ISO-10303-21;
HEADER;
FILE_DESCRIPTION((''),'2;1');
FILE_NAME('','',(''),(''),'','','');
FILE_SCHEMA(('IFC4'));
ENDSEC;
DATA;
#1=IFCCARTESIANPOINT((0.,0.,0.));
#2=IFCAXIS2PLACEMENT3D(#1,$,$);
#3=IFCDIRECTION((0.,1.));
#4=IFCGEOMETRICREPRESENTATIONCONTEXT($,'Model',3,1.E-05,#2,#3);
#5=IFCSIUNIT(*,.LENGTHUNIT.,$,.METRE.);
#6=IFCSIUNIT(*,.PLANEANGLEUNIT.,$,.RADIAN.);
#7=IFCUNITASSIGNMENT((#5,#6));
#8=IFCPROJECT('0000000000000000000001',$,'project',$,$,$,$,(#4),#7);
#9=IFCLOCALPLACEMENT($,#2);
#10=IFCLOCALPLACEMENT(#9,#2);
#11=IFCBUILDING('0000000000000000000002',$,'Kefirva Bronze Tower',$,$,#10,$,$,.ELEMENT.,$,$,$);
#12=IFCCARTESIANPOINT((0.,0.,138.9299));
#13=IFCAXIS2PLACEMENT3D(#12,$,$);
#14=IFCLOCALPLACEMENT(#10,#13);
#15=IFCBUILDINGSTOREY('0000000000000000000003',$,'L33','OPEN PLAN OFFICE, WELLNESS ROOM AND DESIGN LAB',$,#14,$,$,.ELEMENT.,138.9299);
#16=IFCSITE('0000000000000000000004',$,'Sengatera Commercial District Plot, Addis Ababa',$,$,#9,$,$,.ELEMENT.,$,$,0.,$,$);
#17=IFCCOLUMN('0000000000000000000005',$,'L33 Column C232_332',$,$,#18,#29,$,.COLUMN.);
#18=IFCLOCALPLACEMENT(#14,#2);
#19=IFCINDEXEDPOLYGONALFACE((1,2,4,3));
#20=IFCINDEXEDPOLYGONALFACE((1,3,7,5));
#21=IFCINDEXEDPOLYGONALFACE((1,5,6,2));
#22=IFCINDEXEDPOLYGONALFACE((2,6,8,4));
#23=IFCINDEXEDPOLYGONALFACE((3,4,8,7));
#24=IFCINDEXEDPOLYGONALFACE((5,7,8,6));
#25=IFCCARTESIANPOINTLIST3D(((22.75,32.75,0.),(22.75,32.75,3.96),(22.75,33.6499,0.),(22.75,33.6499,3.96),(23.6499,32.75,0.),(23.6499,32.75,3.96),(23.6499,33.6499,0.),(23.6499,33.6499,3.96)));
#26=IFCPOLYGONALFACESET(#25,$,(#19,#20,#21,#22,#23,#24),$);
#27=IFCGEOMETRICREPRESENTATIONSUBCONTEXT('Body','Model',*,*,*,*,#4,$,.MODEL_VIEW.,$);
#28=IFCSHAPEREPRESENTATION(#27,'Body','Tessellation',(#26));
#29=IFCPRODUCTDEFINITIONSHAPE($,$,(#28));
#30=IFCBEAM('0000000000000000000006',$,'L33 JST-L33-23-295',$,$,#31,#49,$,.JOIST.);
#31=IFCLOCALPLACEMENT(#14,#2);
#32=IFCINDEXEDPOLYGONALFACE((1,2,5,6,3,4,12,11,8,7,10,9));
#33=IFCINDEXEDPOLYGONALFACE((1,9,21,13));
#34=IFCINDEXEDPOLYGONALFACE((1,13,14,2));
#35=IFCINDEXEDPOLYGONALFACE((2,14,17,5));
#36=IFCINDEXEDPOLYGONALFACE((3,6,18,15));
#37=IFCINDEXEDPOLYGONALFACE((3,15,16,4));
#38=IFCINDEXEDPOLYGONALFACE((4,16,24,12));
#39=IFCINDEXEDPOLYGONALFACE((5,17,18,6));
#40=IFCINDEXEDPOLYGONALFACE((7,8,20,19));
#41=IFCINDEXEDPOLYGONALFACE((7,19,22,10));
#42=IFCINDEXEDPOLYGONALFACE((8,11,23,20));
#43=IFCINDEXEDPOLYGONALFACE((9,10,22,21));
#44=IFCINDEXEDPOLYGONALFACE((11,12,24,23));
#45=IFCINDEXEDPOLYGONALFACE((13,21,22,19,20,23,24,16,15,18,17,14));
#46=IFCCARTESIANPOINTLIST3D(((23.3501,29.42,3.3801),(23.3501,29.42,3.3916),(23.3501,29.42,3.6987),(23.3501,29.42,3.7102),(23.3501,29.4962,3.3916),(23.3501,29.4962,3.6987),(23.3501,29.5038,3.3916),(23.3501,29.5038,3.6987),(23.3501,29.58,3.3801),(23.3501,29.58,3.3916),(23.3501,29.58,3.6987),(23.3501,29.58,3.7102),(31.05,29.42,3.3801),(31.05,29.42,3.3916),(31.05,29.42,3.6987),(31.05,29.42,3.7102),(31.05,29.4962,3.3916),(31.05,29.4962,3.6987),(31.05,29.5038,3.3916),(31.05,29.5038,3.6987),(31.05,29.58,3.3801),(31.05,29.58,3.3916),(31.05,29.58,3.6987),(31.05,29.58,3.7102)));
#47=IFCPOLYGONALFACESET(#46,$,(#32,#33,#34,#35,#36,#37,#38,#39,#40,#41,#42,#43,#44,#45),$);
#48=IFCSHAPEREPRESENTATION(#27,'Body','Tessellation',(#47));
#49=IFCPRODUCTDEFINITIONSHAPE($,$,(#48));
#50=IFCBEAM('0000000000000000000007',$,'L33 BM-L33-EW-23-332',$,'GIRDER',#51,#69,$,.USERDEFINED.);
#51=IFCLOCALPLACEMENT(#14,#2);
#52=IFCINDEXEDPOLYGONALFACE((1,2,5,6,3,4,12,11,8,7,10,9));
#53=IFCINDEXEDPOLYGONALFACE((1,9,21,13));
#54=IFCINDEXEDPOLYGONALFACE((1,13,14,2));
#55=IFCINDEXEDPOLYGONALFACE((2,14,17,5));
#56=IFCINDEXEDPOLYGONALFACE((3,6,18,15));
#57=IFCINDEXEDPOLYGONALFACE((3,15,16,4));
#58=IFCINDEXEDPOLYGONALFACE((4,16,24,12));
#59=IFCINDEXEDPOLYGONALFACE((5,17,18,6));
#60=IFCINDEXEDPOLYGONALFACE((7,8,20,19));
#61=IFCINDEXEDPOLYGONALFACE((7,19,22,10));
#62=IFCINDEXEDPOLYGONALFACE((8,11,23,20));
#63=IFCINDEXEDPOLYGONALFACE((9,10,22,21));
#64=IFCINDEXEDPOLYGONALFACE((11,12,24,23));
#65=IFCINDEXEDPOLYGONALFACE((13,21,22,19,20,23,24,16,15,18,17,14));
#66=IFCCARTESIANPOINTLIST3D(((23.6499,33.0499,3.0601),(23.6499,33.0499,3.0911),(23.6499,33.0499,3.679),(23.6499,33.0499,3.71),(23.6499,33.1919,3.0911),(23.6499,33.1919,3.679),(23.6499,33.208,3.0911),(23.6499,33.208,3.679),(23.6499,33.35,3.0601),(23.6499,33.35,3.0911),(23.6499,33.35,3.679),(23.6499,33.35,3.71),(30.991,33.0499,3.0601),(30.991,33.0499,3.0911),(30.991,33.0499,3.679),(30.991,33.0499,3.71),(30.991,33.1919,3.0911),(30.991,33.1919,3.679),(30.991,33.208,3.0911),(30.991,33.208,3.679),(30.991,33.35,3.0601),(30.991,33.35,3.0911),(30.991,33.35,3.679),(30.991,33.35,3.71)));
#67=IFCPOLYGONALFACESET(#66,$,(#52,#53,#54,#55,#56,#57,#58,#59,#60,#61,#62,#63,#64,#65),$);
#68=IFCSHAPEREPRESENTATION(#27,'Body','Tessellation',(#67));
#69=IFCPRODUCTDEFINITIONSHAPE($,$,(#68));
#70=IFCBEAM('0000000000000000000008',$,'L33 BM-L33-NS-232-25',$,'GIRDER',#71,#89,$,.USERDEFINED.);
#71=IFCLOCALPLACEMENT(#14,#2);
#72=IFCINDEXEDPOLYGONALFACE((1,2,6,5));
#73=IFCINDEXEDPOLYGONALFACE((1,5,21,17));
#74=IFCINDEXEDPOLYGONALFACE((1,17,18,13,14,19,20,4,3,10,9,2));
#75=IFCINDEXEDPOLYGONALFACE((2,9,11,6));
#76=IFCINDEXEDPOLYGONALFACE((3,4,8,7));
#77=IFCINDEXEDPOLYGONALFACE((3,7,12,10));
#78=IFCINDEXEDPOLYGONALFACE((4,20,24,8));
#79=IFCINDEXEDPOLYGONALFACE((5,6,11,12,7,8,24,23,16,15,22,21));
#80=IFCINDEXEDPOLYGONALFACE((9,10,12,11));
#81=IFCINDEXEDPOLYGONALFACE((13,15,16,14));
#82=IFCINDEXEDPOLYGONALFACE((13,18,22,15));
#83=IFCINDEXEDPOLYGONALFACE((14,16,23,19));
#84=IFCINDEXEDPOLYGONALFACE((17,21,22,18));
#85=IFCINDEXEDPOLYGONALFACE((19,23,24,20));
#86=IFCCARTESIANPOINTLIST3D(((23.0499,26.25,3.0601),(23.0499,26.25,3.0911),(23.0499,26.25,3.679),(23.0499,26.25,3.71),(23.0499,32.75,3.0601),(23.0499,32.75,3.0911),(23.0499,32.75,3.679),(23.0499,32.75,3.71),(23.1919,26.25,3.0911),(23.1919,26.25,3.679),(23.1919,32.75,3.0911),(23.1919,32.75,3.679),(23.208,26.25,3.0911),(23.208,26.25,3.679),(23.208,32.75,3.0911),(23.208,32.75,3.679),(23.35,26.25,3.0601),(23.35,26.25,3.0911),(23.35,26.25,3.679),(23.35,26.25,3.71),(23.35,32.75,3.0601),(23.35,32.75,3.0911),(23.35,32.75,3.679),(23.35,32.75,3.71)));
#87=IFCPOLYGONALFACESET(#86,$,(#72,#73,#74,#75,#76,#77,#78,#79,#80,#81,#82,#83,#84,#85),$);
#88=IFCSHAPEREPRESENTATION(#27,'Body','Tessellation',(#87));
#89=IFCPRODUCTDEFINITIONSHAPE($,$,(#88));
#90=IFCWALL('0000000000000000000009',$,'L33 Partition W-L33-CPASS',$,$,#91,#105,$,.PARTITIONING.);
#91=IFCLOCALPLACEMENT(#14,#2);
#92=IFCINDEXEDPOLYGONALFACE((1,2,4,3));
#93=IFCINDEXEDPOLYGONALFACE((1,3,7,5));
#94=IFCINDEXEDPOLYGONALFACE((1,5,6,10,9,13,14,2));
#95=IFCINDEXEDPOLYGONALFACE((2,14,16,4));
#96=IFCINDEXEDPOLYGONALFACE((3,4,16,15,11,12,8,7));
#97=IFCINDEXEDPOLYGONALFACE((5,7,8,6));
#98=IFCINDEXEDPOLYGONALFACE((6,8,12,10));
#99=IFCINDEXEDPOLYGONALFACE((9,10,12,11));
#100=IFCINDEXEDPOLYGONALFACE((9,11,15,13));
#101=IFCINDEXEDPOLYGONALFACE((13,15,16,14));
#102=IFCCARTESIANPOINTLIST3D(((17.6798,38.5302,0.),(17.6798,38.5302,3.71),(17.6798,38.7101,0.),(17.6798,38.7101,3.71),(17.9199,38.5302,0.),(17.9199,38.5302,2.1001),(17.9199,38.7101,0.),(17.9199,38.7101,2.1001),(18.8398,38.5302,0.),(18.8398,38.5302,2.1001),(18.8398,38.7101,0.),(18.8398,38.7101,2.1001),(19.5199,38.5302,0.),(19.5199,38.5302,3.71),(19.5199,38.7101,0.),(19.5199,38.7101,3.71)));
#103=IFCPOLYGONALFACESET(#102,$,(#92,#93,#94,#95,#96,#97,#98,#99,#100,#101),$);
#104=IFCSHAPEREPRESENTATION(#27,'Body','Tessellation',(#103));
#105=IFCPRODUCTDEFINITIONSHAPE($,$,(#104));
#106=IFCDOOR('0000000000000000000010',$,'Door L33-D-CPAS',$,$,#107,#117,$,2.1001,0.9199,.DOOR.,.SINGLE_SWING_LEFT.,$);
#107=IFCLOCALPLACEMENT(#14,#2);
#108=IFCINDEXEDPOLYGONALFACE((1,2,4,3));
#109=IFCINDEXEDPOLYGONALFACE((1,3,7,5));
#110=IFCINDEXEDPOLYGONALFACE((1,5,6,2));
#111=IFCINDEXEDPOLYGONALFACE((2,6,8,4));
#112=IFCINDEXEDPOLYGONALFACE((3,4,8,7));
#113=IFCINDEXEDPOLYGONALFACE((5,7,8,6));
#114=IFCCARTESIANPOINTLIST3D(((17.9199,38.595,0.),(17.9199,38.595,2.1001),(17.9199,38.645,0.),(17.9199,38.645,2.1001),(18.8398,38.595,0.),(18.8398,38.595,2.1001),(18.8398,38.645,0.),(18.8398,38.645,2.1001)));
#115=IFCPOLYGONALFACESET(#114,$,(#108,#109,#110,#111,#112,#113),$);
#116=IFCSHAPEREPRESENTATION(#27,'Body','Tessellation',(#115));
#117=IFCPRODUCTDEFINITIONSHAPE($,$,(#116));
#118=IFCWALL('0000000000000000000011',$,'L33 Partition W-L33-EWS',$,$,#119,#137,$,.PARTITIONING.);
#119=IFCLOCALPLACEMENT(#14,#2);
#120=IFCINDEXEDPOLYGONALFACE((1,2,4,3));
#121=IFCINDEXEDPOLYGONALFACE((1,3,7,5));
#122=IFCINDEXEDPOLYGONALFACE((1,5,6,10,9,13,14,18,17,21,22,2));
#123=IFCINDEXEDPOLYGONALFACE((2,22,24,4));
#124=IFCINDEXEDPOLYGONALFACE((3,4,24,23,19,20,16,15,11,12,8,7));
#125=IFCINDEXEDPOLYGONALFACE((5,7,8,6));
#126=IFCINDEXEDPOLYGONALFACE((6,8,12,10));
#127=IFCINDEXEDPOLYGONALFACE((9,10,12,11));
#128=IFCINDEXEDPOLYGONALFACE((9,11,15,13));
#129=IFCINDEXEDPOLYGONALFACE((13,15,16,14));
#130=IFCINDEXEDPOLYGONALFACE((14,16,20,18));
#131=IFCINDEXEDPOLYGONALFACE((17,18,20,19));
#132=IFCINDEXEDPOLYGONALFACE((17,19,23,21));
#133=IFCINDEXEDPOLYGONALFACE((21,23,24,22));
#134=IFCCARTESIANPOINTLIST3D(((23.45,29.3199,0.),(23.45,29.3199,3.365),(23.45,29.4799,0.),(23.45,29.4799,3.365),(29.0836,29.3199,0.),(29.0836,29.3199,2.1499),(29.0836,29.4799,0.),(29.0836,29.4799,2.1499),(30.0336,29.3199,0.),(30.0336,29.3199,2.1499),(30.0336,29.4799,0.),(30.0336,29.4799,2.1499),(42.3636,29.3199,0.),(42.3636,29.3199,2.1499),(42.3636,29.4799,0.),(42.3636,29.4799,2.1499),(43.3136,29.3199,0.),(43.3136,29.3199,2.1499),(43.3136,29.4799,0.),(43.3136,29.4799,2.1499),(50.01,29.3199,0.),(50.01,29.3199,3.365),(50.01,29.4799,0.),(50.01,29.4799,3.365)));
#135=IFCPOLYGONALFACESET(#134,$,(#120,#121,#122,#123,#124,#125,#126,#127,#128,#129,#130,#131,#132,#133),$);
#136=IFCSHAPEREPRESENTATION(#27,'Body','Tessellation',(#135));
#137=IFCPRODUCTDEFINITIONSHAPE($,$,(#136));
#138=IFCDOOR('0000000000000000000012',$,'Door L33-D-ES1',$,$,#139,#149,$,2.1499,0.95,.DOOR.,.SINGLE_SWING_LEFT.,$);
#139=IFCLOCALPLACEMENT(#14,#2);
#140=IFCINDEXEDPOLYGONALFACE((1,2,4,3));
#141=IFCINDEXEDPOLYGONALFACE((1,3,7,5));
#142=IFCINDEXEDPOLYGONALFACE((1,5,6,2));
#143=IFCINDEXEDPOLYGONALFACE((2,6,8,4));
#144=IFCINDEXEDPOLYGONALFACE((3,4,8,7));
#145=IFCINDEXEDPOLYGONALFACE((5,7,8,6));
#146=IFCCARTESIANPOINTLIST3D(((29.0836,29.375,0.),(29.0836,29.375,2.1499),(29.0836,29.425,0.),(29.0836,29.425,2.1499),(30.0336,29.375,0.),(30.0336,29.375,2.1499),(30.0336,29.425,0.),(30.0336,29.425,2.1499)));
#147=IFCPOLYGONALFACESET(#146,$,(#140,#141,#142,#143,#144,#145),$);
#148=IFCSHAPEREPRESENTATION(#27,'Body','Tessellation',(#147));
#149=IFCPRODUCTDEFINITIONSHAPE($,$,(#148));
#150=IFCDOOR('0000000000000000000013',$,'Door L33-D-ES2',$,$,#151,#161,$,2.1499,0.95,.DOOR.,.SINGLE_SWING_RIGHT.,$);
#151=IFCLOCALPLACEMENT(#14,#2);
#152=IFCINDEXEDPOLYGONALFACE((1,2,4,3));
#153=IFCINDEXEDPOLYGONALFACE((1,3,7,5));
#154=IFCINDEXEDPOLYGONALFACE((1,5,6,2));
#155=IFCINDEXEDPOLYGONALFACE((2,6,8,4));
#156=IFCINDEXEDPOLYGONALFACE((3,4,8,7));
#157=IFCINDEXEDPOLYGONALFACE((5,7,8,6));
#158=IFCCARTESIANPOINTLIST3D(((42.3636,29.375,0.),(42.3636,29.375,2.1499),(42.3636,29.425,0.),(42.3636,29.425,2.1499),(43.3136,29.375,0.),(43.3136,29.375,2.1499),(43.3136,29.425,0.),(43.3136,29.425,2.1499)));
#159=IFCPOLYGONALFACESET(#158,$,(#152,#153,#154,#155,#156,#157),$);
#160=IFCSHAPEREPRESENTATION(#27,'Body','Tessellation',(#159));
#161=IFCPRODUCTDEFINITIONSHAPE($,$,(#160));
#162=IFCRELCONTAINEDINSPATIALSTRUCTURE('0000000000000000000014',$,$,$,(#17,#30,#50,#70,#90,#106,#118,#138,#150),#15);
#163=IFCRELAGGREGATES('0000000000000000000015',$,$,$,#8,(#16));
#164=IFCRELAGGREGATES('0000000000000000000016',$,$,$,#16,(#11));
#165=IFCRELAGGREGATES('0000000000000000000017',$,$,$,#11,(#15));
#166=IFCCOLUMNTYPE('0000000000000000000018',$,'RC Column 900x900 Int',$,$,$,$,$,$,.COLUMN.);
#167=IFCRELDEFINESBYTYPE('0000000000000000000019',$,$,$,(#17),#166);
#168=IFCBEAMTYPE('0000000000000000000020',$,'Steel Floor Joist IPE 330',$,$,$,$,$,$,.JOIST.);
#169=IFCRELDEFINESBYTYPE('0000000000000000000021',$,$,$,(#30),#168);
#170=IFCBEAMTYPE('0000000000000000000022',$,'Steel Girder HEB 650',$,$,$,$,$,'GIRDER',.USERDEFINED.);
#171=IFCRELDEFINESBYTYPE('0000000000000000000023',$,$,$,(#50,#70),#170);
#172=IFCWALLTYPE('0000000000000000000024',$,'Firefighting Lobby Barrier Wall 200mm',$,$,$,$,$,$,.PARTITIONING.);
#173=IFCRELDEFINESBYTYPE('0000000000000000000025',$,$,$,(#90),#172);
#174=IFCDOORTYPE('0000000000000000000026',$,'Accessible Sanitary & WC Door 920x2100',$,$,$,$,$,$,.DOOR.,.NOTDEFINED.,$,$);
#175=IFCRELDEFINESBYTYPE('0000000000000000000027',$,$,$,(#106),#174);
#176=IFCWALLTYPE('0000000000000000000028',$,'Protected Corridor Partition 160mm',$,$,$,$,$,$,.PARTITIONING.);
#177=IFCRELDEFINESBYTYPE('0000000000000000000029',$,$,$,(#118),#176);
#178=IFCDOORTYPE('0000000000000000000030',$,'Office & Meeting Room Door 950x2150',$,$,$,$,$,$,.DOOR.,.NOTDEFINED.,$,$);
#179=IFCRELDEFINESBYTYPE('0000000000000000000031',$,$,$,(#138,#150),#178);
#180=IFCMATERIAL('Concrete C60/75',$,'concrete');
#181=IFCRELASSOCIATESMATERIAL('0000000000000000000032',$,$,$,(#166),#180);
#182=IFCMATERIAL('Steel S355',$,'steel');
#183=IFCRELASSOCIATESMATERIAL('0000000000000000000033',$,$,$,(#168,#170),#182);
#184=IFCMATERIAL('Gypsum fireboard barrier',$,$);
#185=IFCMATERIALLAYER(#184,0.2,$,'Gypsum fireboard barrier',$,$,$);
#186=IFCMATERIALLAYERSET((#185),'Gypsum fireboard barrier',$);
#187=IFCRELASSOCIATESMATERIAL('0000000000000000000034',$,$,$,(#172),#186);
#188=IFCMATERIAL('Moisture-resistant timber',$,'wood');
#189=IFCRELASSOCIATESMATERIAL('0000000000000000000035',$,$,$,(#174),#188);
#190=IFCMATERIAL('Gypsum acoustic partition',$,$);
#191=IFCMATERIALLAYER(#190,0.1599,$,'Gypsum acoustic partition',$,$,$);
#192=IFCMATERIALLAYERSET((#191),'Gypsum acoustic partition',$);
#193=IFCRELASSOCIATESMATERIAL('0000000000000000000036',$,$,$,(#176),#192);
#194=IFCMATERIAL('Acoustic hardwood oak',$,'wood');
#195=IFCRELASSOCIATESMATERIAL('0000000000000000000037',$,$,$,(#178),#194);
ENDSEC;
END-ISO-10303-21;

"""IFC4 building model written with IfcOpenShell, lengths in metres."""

from ifc_helpers import new_model, si_unit, direction, frame, frame_2d, origin, origin_2d, place, context, subcontext, project, spatial, rectangle, i_section, extrude, material, layer, layer_set, material_profile, profile_set, type_object, element, fill, save


model = new_model("IFC4")

# Units and contexts
model_context = context("Model", 3, precision=1e-05, world=origin(), true_north=direction((0.0, 1.0)))
body_context = subcontext(model_context, "Body", "Model", "MODEL_VIEW")
ifc_project = project(units=[si_unit("LENGTHUNIT", "METRE"), si_unit("PLANEANGLEUNIT", "RADIAN")], contexts=[model_context])

# Site, building, storey
site_placement = place(None, origin())
site = spatial("IfcSite", under=ifc_project, at=site_placement, Name="Sengatera Commercial District Plot, Addis Ababa", CompositionType="ELEMENT", RefElevation=0.0)
building_placement = place(site_placement, origin())
building = spatial("IfcBuilding", under=site, at=building_placement, Name="Kefirva Bronze Tower", CompositionType="ELEMENT")
storey_placement = place(building_placement, frame((0.0, 0.0, 138.9299)))
storey = spatial("IfcBuildingStorey", under=building, at=storey_placement, Name="L33", Description="OPEN PLAN OFFICE, WELLNESS ROOM AND DESIGN LAB", CompositionType="ELEMENT", Elevation=138.9299)

# Column
ifc_material_1 = material(Name="Concrete C60/75", Category="concrete")
ifc_material_profile_1 = material_profile(ifc_material_1, rectangle(XDim=0.8999, YDim=0.8999, at=origin_2d()), Name="RC 900x900")
ifc_profile_set_1 = profile_set([ifc_material_profile_1], Name="Concrete C60/75")
column_type = type_object("IfcColumnType", Name="RC Column 900x900 Int", PredefinedType="COLUMN", material=ifc_profile_set_1)
column_placement = place(storey_placement, frame((23.2, 33.2, 0.0), z_axis=(0.0, 0.0, 1.0), x_axis=(1.0, 0.0, 0.0)))
element("IfcColumn", 1, at=column_placement, inside=storey, type_object=column_type, Name="L33 Column C232_332", PredefinedType="COLUMN", context=body_context, shape_type="SweptSolid", body=[
    extrude(rectangle(XDim=0.8999, YDim=0.8999, at=origin_2d()), origin(), (0.0, 0.0, 1.0), 3.96),
])

# Beams
ifc_material_2 = material(Name="Steel S355", Category="steel")
ifc_material_profile_2 = material_profile(ifc_material_2, i_section(OverallWidth=0.1599, OverallDepth=0.3301, WebThickness=0.0076, FlangeThickness=0.0115, at=origin_2d()), Name="IPE 330")
ifc_profile_set_2 = profile_set([ifc_material_profile_2], Name="Steel S355")
beam_type_1 = type_object("IfcBeamType", Name="Steel Floor Joist IPE 330", PredefinedType="JOIST", material=ifc_profile_set_2)
beam_1_placement = place(storey_placement, frame((23.3501, 29.5, 3.5452), z_axis=(1.0, 0.0, 0.0), x_axis=(0.0, 1.0, 0.0)))
element("IfcBeam", 2, at=beam_1_placement, inside=storey, type_object=beam_type_1, Name="L33 JST-L33-23-295", PredefinedType="JOIST", context=body_context, shape_type="SweptSolid", body=[
    extrude(i_section(OverallWidth=0.1599, OverallDepth=0.3301, WebThickness=0.0076, FlangeThickness=0.0115, at=origin_2d()), origin(), (0.0, 0.0, 1.0), 7.7),
])
ifc_material_profile_3 = material_profile(ifc_material_2, i_section(OverallWidth=0.3, OverallDepth=0.6499, WebThickness=0.0161, FlangeThickness=0.031, at=origin_2d()), Name="HEB 650")
ifc_profile_set_3 = profile_set([ifc_material_profile_3], Name="Steel S355")
beam_type_2 = type_object("IfcBeamType", Name="Steel Girder HEB 650", ElementType="GIRDER", PredefinedType="USERDEFINED", material=ifc_profile_set_3)
beam_2_placement = place(storey_placement, frame((23.6499, 33.2, 3.385), z_axis=(1.0, 0.0, 0.0), x_axis=(0.0, 1.0, 0.0)))
element("IfcBeam", 3, at=beam_2_placement, inside=storey, type_object=beam_type_2, Name="L33 BM-L33-EW-23-332", ObjectType="GIRDER", PredefinedType="USERDEFINED", context=body_context, shape_type="SweptSolid", body=[
    extrude(i_section(OverallWidth=0.3, OverallDepth=0.6499, WebThickness=0.0161, FlangeThickness=0.031, at=origin_2d()), origin(), (0.0, 0.0, 1.0), 7.3411),
])
beam_3_placement = place(storey_placement, frame((23.2, 26.25, 3.385), z_axis=(0.0, 1.0, 0.0), x_axis=(-1.0, 0.0, 0.0)))
element("IfcBeam", 4, at=beam_3_placement, inside=storey, type_object=beam_type_2, Name="L33 BM-L33-NS-232-25", ObjectType="GIRDER", PredefinedType="USERDEFINED", context=body_context, shape_type="SweptSolid", body=[
    extrude(i_section(OverallWidth=0.3, OverallDepth=0.6499, WebThickness=0.0161, FlangeThickness=0.031, at=origin_2d()), origin(), (0.0, 0.0, 1.0), 6.5),
])

# Wall, opening, door
ifc_material_3 = material(Name="Gypsum fireboard barrier")
ifc_layer_1 = layer(ifc_material_3, 0.2, Name="Gypsum fireboard barrier")
ifc_layer_set_1 = layer_set([ifc_layer_1], Name="Gypsum fireboard barrier")
wall_type_1 = type_object("IfcWallType", Name="Firefighting Lobby Barrier Wall 200mm", PredefinedType="PARTITIONING", material=ifc_layer_set_1)
wall_1_placement = place(storey_placement, frame((17.6799, 38.6201, 0.0), z_axis=(0.0, 0.0, 1.0), x_axis=(1.0, 0.0, 0.0)))
wall_1 = element("IfcWall", 5, at=wall_1_placement, inside=storey, type_object=wall_type_1, Name="L33 Partition W-L33-CPASS", PredefinedType="PARTITIONING", context=body_context, shape_type="SweptSolid", body=[
    extrude(rectangle(XDim=1.8401, YDim=0.1799, at=frame_2d((0.9199, 0.0))), origin(), (0.0, 0.0, 1.0), 3.71),
])
opening_1_placement = place(wall_1_placement, frame((0.24, 0.0, 0.0)))
opening_1 = element("IfcOpeningElement", 6, at=opening_1_placement, cuts=wall_1, PredefinedType="OPENING", context=body_context, shape_type="SweptSolid", body=[
    extrude(rectangle(XDim=0.9199, YDim=2.1001, at=frame_2d((0.46, 1.05))), frame((0.0, 0.1001, 0.0), z_axis=(0.0, -1.0, 0.0), x_axis=(1.0, 0.0, 0.0)), (0.0, 0.0, 1.0), 0.2),
])
ifc_material_4 = material(Name="Moisture-resistant timber", Category="wood")
door_type_1 = type_object("IfcDoorType", Name="Accessible Sanitary & WC Door 920x2100", OperationType="NOTDEFINED", PredefinedType="DOOR", material=ifc_material_4)
door_1_placement = place(opening_1_placement, origin())
door_1 = element("IfcDoor", 7, at=door_1_placement, inside=storey, type_object=door_type_1, Name="Door L33-D-CPAS", OperationType="SINGLE_SWING_LEFT", OverallHeight=2.1001, OverallWidth=0.9199, PredefinedType="DOOR", context=body_context, shape_type="SweptSolid", body=[
    extrude(rectangle(XDim=0.9199, YDim=2.1001, at=frame_2d((0.46, 1.05))), frame((0.0, 0.0249, 0.0), z_axis=(0.0, -1.0, 0.0), x_axis=(1.0, 0.0, 0.0)), (0.0, 0.0, 1.0), 0.05),
])
fill(opening_1, door_1)

# Wall, openings, doors
ifc_material_5 = material(Name="Gypsum acoustic partition")
ifc_layer_2 = layer(ifc_material_5, 0.1599, Name="Gypsum acoustic partition")
ifc_layer_set_2 = layer_set([ifc_layer_2], Name="Gypsum acoustic partition")
wall_type_2 = type_object("IfcWallType", Name="Protected Corridor Partition 160mm", PredefinedType="PARTITIONING", material=ifc_layer_set_2)
wall_2_placement = place(storey_placement, frame((23.45, 29.3999, 0.0), z_axis=(0.0, 0.0, 1.0), x_axis=(1.0, 0.0, 0.0)))
wall_2 = element("IfcWall", 8, at=wall_2_placement, inside=storey, type_object=wall_type_2, Name="L33 Partition W-L33-EWS", PredefinedType="PARTITIONING", context=body_context, shape_type="SweptSolid", body=[
    extrude(rectangle(XDim=26.5601, YDim=0.1599, at=frame_2d((13.28, 0.0))), origin(), (0.0, 0.0, 1.0), 3.365),
])
opening_2_placement = place(wall_2_placement, frame((6.5837, 0.0, 0.0), z_axis=(0.0, 0.0, 1.0), x_axis=(-1.0, 0.0, 0.0)))
opening_2 = element("IfcOpeningElement", 9, at=opening_2_placement, cuts=wall_2, PredefinedType="OPENING", context=body_context, shape_type="SweptSolid", body=[
    extrude(rectangle(XDim=0.95, YDim=2.1499, at=frame_2d((0.4751, 1.075))), frame((0.0, 0.0898, 0.0), z_axis=(0.0, -1.0, 0.0), x_axis=(1.0, 0.0, 0.0)), (0.0, 0.0, 1.0), 0.1799),
])
opening_3_placement = place(wall_2_placement, frame((19.8638, 0.0, 0.0), z_axis=(0.0, 0.0, 1.0), x_axis=(-1.0, 0.0, 0.0)))
opening_3 = element("IfcOpeningElement", 10, at=opening_3_placement, cuts=wall_2, PredefinedType="OPENING", context=body_context, shape_type="SweptSolid", body=[
    extrude(rectangle(XDim=0.95, YDim=2.1499, at=frame_2d((0.4751, 1.075))), frame((0.0, 0.0898, 0.0), z_axis=(0.0, -1.0, 0.0), x_axis=(1.0, 0.0, 0.0)), (0.0, 0.0, 1.0), 0.1799),
])
ifc_material_6 = material(Name="Acoustic hardwood oak", Category="wood")
door_type_2 = type_object("IfcDoorType", Name="Office & Meeting Room Door 950x2150", OperationType="NOTDEFINED", PredefinedType="DOOR", material=ifc_material_6)
door_2_placement = place(opening_2_placement, origin())
door_2 = element("IfcDoor", 11, at=door_2_placement, inside=storey, type_object=door_type_2, Name="Door L33-D-ES1", OperationType="SINGLE_SWING_LEFT", OverallHeight=2.1499, OverallWidth=0.95, PredefinedType="DOOR", context=body_context, shape_type="SweptSolid", body=[
    extrude(rectangle(XDim=0.95, YDim=2.1499, at=frame_2d((0.4751, 1.075))), frame((0.0, 0.0249, 0.0), z_axis=(0.0, -1.0, 0.0), x_axis=(1.0, 0.0, 0.0)), (0.0, 0.0, 1.0), 0.05),
])
fill(opening_2, door_2)
door_3_placement = place(opening_3_placement, origin())
door_3 = element("IfcDoor", 12, at=door_3_placement, inside=storey, type_object=door_type_2, Name="Door L33-D-ES2", OperationType="SINGLE_SWING_RIGHT", OverallHeight=2.1499, OverallWidth=0.95, PredefinedType="DOOR", context=body_context, shape_type="SweptSolid", body=[
    extrude(rectangle(XDim=0.95, YDim=2.1499, at=frame_2d((0.4751, 1.075))), frame((0.0, 0.0249, 0.0), z_axis=(0.0, -1.0, 0.0), x_axis=(1.0, 0.0, 0.0)), (0.0, 0.0, 1.0), 0.05),
])
fill(opening_3, door_3)

save(model, "model.ifc")
